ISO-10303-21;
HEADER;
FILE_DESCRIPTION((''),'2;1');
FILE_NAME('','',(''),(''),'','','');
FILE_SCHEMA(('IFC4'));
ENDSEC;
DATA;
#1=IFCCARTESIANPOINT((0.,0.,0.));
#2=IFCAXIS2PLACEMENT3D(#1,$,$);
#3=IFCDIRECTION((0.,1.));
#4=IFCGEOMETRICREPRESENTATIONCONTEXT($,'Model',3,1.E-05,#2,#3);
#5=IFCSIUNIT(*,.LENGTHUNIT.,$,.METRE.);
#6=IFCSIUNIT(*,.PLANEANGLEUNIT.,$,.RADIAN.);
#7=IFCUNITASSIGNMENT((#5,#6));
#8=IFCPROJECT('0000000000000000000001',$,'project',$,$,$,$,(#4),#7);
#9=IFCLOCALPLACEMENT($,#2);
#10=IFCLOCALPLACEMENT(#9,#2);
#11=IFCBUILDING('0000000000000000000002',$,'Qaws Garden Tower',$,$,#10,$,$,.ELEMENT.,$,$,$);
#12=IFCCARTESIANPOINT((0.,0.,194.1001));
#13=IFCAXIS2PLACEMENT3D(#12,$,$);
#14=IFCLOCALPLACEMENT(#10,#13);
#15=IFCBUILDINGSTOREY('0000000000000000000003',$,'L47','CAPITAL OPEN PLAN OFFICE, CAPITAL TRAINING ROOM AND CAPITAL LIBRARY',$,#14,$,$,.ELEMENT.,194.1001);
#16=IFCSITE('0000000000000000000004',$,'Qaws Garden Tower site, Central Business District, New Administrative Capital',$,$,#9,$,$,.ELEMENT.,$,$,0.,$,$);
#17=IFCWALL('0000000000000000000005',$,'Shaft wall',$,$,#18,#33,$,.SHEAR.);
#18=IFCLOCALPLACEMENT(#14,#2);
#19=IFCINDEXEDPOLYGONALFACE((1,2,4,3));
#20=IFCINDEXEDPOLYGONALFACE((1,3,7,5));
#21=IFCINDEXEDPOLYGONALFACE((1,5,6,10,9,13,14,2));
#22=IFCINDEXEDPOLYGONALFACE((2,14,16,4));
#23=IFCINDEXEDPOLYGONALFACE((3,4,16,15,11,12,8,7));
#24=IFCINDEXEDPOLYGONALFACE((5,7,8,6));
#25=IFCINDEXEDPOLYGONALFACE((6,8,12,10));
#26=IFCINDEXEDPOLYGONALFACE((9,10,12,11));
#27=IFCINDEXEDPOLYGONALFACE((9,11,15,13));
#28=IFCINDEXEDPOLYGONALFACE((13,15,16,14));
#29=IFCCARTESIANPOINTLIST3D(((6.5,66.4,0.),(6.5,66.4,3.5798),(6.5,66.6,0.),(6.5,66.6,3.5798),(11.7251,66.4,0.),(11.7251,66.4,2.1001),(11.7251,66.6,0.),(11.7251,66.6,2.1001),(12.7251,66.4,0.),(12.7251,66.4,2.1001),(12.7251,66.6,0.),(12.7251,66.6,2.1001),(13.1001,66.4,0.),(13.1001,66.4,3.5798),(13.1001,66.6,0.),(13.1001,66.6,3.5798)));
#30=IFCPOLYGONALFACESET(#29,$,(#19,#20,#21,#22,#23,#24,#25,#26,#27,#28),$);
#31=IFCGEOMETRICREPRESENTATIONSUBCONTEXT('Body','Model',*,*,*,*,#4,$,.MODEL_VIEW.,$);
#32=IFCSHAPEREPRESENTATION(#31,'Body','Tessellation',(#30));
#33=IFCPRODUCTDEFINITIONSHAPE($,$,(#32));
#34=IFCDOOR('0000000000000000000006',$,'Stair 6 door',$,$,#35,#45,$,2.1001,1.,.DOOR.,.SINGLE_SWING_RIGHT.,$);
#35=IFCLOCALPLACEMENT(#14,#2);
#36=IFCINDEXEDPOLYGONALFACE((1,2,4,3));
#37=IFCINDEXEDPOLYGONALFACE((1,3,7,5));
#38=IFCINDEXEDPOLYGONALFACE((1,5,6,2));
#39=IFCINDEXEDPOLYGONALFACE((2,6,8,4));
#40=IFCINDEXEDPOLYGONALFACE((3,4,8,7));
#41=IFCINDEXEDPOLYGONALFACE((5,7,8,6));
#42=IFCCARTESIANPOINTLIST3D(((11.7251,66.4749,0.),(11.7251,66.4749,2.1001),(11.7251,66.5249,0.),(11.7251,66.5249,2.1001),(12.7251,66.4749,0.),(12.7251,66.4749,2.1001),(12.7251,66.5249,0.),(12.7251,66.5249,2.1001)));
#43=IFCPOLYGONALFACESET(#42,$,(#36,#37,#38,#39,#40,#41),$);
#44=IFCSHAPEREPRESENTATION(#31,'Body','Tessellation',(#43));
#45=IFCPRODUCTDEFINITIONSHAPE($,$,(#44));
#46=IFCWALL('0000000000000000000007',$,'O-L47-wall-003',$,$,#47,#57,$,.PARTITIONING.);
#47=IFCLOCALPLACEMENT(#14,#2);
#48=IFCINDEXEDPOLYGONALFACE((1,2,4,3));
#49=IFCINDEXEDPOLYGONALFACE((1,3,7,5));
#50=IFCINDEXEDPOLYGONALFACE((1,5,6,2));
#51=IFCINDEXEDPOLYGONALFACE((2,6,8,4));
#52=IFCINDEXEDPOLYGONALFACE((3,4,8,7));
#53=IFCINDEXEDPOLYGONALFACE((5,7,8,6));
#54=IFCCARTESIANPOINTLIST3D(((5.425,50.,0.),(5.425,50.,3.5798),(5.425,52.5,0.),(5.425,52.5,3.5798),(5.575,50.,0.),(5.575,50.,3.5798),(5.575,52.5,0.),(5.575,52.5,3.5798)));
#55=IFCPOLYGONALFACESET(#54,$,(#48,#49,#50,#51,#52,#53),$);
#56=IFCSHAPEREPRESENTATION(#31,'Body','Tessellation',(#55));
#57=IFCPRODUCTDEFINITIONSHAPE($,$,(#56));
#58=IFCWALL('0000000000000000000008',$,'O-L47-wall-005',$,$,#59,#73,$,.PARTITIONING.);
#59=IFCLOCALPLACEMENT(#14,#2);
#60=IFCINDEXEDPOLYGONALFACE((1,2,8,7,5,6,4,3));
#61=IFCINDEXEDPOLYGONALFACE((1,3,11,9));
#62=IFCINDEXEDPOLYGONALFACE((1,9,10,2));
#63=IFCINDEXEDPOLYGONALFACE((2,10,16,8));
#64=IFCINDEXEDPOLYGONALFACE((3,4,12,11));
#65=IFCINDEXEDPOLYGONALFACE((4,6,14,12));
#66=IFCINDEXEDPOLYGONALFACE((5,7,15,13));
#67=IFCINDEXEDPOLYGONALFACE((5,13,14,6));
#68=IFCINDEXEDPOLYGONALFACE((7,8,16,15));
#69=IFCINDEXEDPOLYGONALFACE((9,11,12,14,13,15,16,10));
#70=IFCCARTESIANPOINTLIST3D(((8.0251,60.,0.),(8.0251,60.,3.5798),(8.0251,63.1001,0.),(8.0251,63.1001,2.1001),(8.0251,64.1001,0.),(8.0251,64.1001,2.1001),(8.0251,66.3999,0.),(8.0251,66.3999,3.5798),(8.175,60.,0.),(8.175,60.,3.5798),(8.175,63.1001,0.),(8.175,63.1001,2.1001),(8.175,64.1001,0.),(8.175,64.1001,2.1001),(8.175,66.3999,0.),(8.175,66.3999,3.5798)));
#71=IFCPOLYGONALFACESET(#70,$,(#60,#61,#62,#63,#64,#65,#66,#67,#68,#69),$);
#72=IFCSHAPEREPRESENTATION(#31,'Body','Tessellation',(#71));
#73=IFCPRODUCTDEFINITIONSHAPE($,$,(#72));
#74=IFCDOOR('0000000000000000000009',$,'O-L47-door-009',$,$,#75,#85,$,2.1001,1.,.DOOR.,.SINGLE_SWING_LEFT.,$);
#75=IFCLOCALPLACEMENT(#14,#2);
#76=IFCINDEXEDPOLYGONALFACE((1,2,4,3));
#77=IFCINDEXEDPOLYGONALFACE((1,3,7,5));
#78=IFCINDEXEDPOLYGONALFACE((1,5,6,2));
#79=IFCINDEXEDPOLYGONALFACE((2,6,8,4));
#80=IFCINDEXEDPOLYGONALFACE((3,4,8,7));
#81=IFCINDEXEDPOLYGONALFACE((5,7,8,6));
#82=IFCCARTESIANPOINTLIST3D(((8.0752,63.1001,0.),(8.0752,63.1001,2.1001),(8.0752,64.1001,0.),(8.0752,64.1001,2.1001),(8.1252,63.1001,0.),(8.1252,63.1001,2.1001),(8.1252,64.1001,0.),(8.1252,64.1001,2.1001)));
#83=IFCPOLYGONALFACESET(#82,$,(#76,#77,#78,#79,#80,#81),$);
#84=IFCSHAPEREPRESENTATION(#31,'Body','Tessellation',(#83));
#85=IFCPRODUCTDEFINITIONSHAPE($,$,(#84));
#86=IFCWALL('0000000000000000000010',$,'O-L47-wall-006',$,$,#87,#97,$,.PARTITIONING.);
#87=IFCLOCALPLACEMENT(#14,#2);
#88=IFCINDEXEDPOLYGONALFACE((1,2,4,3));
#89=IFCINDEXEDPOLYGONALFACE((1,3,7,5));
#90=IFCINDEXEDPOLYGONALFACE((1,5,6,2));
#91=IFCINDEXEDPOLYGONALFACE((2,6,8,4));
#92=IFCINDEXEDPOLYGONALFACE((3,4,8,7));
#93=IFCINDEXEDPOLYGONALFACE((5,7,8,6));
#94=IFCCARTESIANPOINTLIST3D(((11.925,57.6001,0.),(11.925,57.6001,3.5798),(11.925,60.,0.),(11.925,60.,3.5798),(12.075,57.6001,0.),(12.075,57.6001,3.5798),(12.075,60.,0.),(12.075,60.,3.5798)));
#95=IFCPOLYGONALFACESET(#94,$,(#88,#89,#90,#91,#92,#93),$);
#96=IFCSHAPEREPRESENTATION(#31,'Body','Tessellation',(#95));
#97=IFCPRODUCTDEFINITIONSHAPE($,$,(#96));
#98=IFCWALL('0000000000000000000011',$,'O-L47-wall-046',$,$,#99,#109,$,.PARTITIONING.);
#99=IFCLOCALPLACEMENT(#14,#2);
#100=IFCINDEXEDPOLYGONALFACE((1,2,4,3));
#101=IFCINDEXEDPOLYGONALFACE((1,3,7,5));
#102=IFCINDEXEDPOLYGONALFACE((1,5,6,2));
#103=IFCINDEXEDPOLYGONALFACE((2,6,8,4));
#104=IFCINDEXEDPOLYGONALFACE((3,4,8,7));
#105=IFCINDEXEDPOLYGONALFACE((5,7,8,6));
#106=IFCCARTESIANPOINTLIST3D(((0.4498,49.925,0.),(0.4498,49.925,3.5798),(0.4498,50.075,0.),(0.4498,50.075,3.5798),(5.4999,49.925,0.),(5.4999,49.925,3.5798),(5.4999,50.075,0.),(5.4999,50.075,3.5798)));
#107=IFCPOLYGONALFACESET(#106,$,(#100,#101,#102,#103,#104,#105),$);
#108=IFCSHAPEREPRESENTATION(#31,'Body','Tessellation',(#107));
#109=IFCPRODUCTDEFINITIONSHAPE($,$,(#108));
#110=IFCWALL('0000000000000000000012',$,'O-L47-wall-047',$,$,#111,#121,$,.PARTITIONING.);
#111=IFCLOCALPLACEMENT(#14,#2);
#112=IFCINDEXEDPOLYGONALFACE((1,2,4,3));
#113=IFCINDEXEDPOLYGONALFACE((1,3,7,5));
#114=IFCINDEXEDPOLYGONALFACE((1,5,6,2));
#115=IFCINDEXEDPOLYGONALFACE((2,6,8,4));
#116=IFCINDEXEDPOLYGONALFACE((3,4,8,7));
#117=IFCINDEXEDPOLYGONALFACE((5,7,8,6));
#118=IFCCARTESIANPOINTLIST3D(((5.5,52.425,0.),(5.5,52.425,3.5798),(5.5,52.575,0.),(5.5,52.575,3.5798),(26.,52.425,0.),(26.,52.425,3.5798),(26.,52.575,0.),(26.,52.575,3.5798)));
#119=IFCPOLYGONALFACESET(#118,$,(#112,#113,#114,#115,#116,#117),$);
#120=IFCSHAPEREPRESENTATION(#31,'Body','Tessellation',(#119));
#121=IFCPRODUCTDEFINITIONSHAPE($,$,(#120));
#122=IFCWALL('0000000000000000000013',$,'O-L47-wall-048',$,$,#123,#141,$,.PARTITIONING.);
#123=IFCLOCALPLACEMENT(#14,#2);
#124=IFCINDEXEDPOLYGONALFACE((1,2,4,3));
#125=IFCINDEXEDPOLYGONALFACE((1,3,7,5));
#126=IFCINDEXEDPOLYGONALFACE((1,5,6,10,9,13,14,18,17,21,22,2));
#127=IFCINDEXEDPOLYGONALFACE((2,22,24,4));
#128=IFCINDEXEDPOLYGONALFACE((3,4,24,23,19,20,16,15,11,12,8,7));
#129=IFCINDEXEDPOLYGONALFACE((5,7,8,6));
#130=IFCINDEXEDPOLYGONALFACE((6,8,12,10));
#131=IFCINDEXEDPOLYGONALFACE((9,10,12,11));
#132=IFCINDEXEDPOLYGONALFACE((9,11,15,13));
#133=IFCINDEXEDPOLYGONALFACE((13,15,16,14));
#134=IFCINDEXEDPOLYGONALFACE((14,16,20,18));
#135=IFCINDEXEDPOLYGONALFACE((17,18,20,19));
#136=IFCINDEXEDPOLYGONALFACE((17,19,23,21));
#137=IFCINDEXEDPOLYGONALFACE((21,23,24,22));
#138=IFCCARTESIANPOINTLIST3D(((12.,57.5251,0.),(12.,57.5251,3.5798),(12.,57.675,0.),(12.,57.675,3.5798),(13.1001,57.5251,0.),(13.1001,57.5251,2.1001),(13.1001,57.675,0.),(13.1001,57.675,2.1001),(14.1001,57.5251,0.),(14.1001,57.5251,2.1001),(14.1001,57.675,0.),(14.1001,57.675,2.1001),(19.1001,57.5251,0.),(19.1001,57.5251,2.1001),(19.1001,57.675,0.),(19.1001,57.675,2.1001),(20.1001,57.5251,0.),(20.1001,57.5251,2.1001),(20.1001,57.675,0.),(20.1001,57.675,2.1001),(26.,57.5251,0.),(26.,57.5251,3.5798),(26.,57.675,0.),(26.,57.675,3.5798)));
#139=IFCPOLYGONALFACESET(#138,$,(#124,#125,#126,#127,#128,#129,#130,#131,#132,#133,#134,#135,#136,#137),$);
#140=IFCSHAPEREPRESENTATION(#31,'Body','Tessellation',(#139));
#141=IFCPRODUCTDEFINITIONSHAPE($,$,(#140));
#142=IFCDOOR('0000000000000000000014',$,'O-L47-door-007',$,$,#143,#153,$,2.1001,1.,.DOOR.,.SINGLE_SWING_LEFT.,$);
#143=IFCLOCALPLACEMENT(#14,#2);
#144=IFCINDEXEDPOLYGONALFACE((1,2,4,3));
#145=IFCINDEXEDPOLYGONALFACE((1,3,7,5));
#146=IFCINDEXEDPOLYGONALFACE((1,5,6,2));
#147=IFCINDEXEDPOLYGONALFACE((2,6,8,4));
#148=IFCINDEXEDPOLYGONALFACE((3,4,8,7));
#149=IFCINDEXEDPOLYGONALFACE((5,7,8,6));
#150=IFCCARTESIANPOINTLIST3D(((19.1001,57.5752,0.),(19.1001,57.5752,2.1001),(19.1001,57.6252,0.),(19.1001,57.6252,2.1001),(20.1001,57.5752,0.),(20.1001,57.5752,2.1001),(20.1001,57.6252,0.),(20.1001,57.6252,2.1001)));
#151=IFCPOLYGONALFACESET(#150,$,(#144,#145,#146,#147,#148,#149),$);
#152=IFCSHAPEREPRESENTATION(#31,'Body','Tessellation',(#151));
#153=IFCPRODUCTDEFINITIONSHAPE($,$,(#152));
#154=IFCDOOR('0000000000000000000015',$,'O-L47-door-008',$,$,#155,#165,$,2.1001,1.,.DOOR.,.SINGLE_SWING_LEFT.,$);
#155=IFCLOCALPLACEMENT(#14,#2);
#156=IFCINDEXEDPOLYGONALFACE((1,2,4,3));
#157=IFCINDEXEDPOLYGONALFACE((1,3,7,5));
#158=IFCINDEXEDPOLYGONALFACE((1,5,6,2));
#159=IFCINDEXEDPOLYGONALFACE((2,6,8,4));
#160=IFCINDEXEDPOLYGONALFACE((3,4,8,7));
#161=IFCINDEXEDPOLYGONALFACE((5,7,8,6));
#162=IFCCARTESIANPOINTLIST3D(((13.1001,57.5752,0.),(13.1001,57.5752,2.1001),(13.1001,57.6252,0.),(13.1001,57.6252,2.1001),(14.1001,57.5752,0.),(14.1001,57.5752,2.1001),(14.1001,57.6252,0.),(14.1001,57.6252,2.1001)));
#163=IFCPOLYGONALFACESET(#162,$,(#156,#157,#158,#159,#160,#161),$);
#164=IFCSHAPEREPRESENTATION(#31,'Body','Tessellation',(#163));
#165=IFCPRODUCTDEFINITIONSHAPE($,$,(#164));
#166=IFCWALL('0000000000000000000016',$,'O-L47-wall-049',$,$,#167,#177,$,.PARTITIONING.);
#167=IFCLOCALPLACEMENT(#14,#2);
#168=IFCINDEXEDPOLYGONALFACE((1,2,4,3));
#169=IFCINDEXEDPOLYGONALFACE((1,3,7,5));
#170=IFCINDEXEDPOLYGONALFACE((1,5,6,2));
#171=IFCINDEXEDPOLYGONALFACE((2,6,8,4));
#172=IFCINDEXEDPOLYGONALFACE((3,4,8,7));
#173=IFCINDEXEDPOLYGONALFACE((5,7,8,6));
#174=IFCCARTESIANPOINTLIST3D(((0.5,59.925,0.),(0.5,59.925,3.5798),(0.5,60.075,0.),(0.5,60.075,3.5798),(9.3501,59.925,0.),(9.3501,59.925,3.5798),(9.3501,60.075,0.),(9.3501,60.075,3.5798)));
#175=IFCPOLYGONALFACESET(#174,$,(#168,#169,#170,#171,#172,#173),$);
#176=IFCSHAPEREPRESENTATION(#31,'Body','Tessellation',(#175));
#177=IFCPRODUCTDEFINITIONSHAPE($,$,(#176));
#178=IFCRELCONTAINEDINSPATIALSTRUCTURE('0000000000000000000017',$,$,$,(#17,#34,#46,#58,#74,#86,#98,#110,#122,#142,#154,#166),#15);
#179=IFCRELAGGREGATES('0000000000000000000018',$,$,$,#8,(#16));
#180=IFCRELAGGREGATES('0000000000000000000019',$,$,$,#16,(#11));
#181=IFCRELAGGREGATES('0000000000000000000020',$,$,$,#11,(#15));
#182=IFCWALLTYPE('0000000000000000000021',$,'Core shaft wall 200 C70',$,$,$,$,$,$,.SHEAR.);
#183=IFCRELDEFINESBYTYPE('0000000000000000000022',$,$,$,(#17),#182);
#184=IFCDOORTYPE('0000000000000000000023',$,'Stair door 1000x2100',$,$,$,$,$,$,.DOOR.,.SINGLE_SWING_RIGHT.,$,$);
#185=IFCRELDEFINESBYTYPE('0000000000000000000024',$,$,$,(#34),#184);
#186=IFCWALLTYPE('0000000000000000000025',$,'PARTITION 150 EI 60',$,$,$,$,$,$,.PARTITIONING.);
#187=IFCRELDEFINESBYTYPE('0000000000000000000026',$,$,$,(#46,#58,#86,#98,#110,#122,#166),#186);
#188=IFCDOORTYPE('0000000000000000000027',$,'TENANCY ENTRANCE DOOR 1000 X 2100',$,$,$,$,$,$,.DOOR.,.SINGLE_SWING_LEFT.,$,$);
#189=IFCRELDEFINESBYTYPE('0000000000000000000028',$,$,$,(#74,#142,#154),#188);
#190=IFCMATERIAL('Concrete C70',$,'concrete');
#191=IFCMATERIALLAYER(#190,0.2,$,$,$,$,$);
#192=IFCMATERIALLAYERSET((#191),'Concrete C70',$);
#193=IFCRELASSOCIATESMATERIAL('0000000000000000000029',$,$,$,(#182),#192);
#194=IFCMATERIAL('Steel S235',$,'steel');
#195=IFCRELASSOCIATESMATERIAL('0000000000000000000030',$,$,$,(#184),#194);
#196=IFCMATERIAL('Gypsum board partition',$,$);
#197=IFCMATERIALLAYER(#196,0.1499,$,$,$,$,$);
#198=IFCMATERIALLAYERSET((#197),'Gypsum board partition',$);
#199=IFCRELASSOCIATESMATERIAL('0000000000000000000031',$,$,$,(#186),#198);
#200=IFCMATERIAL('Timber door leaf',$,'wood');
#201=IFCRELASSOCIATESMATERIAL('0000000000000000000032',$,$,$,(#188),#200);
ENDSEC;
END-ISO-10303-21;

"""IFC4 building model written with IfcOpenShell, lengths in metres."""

from ifc_helpers import new_model, si_unit, direction, frame, frame_2d, origin, place, context, subcontext, project, spatial, rectangle, extrude, material, layer, layer_set, type_object, element, fill, save


model = new_model("IFC4")

# Units and contexts
model_context = context("Model", 3, precision=1e-05, world=origin(), true_north=direction((0.0, 1.0)))
body_context = subcontext(model_context, "Body", "Model", "MODEL_VIEW")
ifc_project = project(units=[si_unit("LENGTHUNIT", "METRE"), si_unit("PLANEANGLEUNIT", "RADIAN")], contexts=[model_context])

# Site, building, storey
site_placement = place(None, origin())
site = spatial("IfcSite", under=ifc_project, at=site_placement, Name="Qaws Garden Tower site, Central Business District, New Administrative Capital", CompositionType="ELEMENT", RefElevation=0.0)
building_placement = place(site_placement, origin())
building = spatial("IfcBuilding", under=site, at=building_placement, Name="Qaws Garden Tower", CompositionType="ELEMENT")
storey_placement = place(building_placement, frame((0.0, 0.0, 194.1001)))
storey = spatial("IfcBuildingStorey", under=building, at=storey_placement, Name="L47", Description="CAPITAL OPEN PLAN OFFICE, CAPITAL TRAINING ROOM AND CAPITAL LIBRARY", CompositionType="ELEMENT", Elevation=194.1001)

# Wall, opening, door
ifc_material_1 = material(Name="Concrete C70", Category="concrete")
ifc_layer_1 = layer(ifc_material_1, 0.2)
ifc_layer_set_1 = layer_set([ifc_layer_1], Name="Concrete C70")
wall_type_1 = type_object("IfcWallType", Name="Core shaft wall 200 C70", PredefinedType="SHEAR", material=ifc_layer_set_1)
wall_1_placement = place(storey_placement, frame((6.5, 66.5, 0.0), z_axis=(0.0, 0.0, 1.0), x_axis=(1.0, 0.0, 0.0)))
wall_1 = element("IfcWall", 1, at=wall_1_placement, inside=storey, type_object=wall_type_1, Name="Shaft wall", PredefinedType="SHEAR", context=body_context, shape_type="SweptSolid", body=[
    extrude(rectangle(XDim=6.6001, YDim=0.2, at=frame_2d((3.3, 0.0))), origin(), (0.0, 0.0, 1.0), 3.5798),
])
opening_1_placement = place(wall_1_placement, frame((5.2251, 0.0, 0.0)))
opening_1 = element("IfcOpeningElement", 2, at=opening_1_placement, cuts=wall_1, PredefinedType="OPENING", context=body_context, shape_type="SweptSolid", body=[
    extrude(rectangle(XDim=1.0, YDim=2.1001, at=frame_2d((0.5, 1.05))), frame((0.0, 0.1099, 0.0), z_axis=(0.0, -1.0, 0.0), x_axis=(1.0, 0.0, 0.0)), (0.0, 0.0, 1.0), 0.22),
])
ifc_material_2 = material(Name="Steel S235", Category="steel")
door_type_1 = type_object("IfcDoorType", Name="Stair door 1000x2100", OperationType="SINGLE_SWING_RIGHT", PredefinedType="DOOR", material=ifc_material_2)
door_1_placement = place(opening_1_placement, origin())
door_1 = element("IfcDoor", 3, at=door_1_placement, inside=storey, type_object=door_type_1, Name="Stair 6 door", OperationType="SINGLE_SWING_RIGHT", OverallHeight=2.1001, OverallWidth=1.0, PredefinedType="DOOR", context=body_context, shape_type="SweptSolid", body=[
    extrude(rectangle(XDim=1.0, YDim=2.1001, at=frame_2d((0.5, 1.05))), frame((0.0, 0.0249, 0.0), z_axis=(0.0, -1.0, 0.0), x_axis=(1.0, 0.0, 0.0)), (0.0, 0.0, 1.0), 0.05),
])
fill(opening_1, door_1)

# Wall
ifc_material_3 = material(Name="Gypsum board partition")
ifc_layer_2 = layer(ifc_material_3, 0.1499)
ifc_layer_set_2 = layer_set([ifc_layer_2], Name="Gypsum board partition")
wall_type_2 = type_object("IfcWallType", Name="PARTITION 150 EI 60", PredefinedType="PARTITIONING", material=ifc_layer_set_2)
wall_2_placement = place(storey_placement, frame((5.5, 50.0, 0.0), z_axis=(0.0, 0.0, 1.0), x_axis=(0.0, 1.0, 0.0)))
element("IfcWall", 4, at=wall_2_placement, inside=storey, type_object=wall_type_2, Name="O-L47-wall-003", PredefinedType="PARTITIONING", context=body_context, shape_type="SweptSolid", body=[
    extrude(rectangle(XDim=2.5, YDim=0.1499, at=frame_2d((1.25, 0.0))), origin(), (0.0, 0.0, 1.0), 3.5798),
])

# Wall, opening, door
wall_3_placement = place(storey_placement, frame((8.1001, 60.0, 0.0), z_axis=(0.0, 0.0, 1.0), x_axis=(0.0, 1.0, 0.0)))
wall_3 = element("IfcWall", 5, at=wall_3_placement, inside=storey, type_object=wall_type_2, Name="O-L47-wall-005", PredefinedType="PARTITIONING", context=body_context, shape_type="SweptSolid", body=[
    extrude(rectangle(XDim=6.3999, YDim=0.1499, at=frame_2d((3.2, 0.0))), origin(), (0.0, 0.0, 1.0), 3.5798),
])
opening_2_placement = place(wall_3_placement, frame((3.1001, 0.0, 0.0)))
opening_2 = element("IfcOpeningElement", 6, at=opening_2_placement, cuts=wall_3, PredefinedType="OPENING", context=body_context, shape_type="SweptSolid", body=[
    extrude(rectangle(XDim=1.0, YDim=2.1001, at=frame_2d((0.5, 1.05))), frame((0.0, 0.085, 0.0), z_axis=(0.0, -1.0, 0.0), x_axis=(1.0, 0.0, 0.0)), (0.0, 0.0, 1.0), 0.1699),
])
ifc_material_4 = material(Name="Timber door leaf", Category="wood")
door_type_2 = type_object("IfcDoorType", Name="TENANCY ENTRANCE DOOR 1000 X 2100", OperationType="SINGLE_SWING_LEFT", PredefinedType="DOOR", material=ifc_material_4)
door_2_placement = place(opening_2_placement, origin())
door_2 = element("IfcDoor", 7, at=door_2_placement, inside=storey, type_object=door_type_2, Name="O-L47-door-009", OperationType="SINGLE_SWING_LEFT", OverallHeight=2.1001, OverallWidth=1.0, PredefinedType="DOOR", context=body_context, shape_type="SweptSolid", body=[
    extrude(rectangle(XDim=1.0, YDim=2.1001, at=frame_2d((0.5, 1.05))), frame((0.0, 0.0249, 0.0), z_axis=(0.0, -1.0, 0.0), x_axis=(1.0, 0.0, 0.0)), (0.0, 0.0, 1.0), 0.05),
])
fill(opening_2, door_2)

# Walls
wall_4_placement = place(storey_placement, frame((12.0, 57.6001, 0.0), z_axis=(0.0, 0.0, 1.0), x_axis=(0.0, 1.0, 0.0)))
element("IfcWall", 8, at=wall_4_placement, inside=storey, type_object=wall_type_2, Name="O-L47-wall-006", PredefinedType="PARTITIONING", context=body_context, shape_type="SweptSolid", body=[
    extrude(rectangle(XDim=2.3999, YDim=0.1499, at=frame_2d((1.2, 0.0))), origin(), (0.0, 0.0, 1.0), 3.5798),
])
wall_5_placement = place(storey_placement, frame((0.45, 50.0, 0.0), z_axis=(0.0, 0.0, 1.0), x_axis=(1.0, 0.0, 0.0)))
element("IfcWall", 9, at=wall_5_placement, inside=storey, type_object=wall_type_2, Name="O-L47-wall-046", PredefinedType="PARTITIONING", context=body_context, shape_type="SweptSolid", body=[
    extrude(rectangle(XDim=5.05, YDim=0.1499, at=frame_2d((2.5249, 0.0))), origin(), (0.0, 0.0, 1.0), 3.5798),
])
wall_6_placement = place(storey_placement, frame((5.5, 52.5, 0.0), z_axis=(0.0, 0.0, 1.0), x_axis=(1.0, 0.0, 0.0)))
element("IfcWall", 10, at=wall_6_placement, inside=storey, type_object=wall_type_2, Name="O-L47-wall-047", PredefinedType="PARTITIONING", context=body_context, shape_type="SweptSolid", body=[
    extrude(rectangle(XDim=20.5, YDim=0.1499, at=frame_2d((10.25, 0.0))), origin(), (0.0, 0.0, 1.0), 3.5798),
])

# Wall, openings, doors
wall_7_placement = place(storey_placement, frame((12.0, 57.6001, 0.0), z_axis=(0.0, 0.0, 1.0), x_axis=(1.0, 0.0, 0.0)))
wall_7 = element("IfcWall", 11, at=wall_7_placement, inside=storey, type_object=wall_type_2, Name="O-L47-wall-048", PredefinedType="PARTITIONING", context=body_context, shape_type="SweptSolid", body=[
    extrude(rectangle(XDim=14.0, YDim=0.1499, at=frame_2d((7.0, 0.0))), origin(), (0.0, 0.0, 1.0), 3.5798),
])
opening_3_placement = place(wall_7_placement, frame((7.1001, 0.0, 0.0)))
opening_3 = element("IfcOpeningElement", 12, at=opening_3_placement, cuts=wall_7, PredefinedType="OPENING", context=body_context, shape_type="SweptSolid", body=[
    extrude(rectangle(XDim=1.0, YDim=2.1001, at=frame_2d((0.5, 1.05))), frame((0.0, 0.085, 0.0), z_axis=(0.0, -1.0, 0.0), x_axis=(1.0, 0.0, 0.0)), (0.0, 0.0, 1.0), 0.1699),
])
opening_4_placement = place(wall_7_placement, frame((1.1001, 0.0, 0.0)))
opening_4 = element("IfcOpeningElement", 13, at=opening_4_placement, cuts=wall_7, PredefinedType="OPENING", context=body_context, shape_type="SweptSolid", body=[
    extrude(rectangle(XDim=1.0, YDim=2.1001, at=frame_2d((0.5, 1.05))), frame((0.0, 0.085, 0.0), z_axis=(0.0, -1.0, 0.0), x_axis=(1.0, 0.0, 0.0)), (0.0, 0.0, 1.0), 0.1699),
])
door_3_placement = place(opening_3_placement, frame((1.0, 0.0, 0.0), z_axis=(0.0, 0.0, 1.0), x_axis=(-1.0, 0.0, 0.0)))
door_3 = element("IfcDoor", 14, at=door_3_placement, inside=storey, type_object=door_type_2, Name="O-L47-door-007", OperationType="SINGLE_SWING_LEFT", OverallHeight=2.1001, OverallWidth=1.0, PredefinedType="DOOR", context=body_context, shape_type="SweptSolid", body=[
    extrude(rectangle(XDim=1.0, YDim=2.1001, at=frame_2d((0.5, 1.05))), frame((0.0, 0.0249, 0.0), z_axis=(0.0, -1.0, 0.0), x_axis=(1.0, 0.0, 0.0)), (0.0, 0.0, 1.0), 0.05),
])
fill(opening_3, door_3)
door_4_placement = place(opening_4_placement, frame((1.0, 0.0, 0.0), z_axis=(0.0, 0.0, 1.0), x_axis=(-1.0, 0.0, 0.0)))
door_4 = element("IfcDoor", 15, at=door_4_placement, inside=storey, type_object=door_type_2, Name="O-L47-door-008", OperationType="SINGLE_SWING_LEFT", OverallHeight=2.1001, OverallWidth=1.0, PredefinedType="DOOR", context=body_context, shape_type="SweptSolid", body=[
    extrude(rectangle(XDim=1.0, YDim=2.1001, at=frame_2d((0.5, 1.05))), frame((0.0, 0.0249, 0.0), z_axis=(0.0, -1.0, 0.0), x_axis=(1.0, 0.0, 0.0)), (0.0, 0.0, 1.0), 0.05),
])
fill(opening_4, door_4)

# Wall
wall_8_placement = place(storey_placement, frame((0.5, 60.0, 0.0), z_axis=(0.0, 0.0, 1.0), x_axis=(1.0, 0.0, 0.0)))
element("IfcWall", 16, at=wall_8_placement, inside=storey, type_object=wall_type_2, Name="O-L47-wall-049", PredefinedType="PARTITIONING", context=body_context, shape_type="SweptSolid", body=[
    extrude(rectangle(XDim=8.8501, YDim=0.1499, at=frame_2d((4.425, 0.0))), origin(), (0.0, 0.0, 1.0), 3.5798),
])

save(model, "model.ifc")
